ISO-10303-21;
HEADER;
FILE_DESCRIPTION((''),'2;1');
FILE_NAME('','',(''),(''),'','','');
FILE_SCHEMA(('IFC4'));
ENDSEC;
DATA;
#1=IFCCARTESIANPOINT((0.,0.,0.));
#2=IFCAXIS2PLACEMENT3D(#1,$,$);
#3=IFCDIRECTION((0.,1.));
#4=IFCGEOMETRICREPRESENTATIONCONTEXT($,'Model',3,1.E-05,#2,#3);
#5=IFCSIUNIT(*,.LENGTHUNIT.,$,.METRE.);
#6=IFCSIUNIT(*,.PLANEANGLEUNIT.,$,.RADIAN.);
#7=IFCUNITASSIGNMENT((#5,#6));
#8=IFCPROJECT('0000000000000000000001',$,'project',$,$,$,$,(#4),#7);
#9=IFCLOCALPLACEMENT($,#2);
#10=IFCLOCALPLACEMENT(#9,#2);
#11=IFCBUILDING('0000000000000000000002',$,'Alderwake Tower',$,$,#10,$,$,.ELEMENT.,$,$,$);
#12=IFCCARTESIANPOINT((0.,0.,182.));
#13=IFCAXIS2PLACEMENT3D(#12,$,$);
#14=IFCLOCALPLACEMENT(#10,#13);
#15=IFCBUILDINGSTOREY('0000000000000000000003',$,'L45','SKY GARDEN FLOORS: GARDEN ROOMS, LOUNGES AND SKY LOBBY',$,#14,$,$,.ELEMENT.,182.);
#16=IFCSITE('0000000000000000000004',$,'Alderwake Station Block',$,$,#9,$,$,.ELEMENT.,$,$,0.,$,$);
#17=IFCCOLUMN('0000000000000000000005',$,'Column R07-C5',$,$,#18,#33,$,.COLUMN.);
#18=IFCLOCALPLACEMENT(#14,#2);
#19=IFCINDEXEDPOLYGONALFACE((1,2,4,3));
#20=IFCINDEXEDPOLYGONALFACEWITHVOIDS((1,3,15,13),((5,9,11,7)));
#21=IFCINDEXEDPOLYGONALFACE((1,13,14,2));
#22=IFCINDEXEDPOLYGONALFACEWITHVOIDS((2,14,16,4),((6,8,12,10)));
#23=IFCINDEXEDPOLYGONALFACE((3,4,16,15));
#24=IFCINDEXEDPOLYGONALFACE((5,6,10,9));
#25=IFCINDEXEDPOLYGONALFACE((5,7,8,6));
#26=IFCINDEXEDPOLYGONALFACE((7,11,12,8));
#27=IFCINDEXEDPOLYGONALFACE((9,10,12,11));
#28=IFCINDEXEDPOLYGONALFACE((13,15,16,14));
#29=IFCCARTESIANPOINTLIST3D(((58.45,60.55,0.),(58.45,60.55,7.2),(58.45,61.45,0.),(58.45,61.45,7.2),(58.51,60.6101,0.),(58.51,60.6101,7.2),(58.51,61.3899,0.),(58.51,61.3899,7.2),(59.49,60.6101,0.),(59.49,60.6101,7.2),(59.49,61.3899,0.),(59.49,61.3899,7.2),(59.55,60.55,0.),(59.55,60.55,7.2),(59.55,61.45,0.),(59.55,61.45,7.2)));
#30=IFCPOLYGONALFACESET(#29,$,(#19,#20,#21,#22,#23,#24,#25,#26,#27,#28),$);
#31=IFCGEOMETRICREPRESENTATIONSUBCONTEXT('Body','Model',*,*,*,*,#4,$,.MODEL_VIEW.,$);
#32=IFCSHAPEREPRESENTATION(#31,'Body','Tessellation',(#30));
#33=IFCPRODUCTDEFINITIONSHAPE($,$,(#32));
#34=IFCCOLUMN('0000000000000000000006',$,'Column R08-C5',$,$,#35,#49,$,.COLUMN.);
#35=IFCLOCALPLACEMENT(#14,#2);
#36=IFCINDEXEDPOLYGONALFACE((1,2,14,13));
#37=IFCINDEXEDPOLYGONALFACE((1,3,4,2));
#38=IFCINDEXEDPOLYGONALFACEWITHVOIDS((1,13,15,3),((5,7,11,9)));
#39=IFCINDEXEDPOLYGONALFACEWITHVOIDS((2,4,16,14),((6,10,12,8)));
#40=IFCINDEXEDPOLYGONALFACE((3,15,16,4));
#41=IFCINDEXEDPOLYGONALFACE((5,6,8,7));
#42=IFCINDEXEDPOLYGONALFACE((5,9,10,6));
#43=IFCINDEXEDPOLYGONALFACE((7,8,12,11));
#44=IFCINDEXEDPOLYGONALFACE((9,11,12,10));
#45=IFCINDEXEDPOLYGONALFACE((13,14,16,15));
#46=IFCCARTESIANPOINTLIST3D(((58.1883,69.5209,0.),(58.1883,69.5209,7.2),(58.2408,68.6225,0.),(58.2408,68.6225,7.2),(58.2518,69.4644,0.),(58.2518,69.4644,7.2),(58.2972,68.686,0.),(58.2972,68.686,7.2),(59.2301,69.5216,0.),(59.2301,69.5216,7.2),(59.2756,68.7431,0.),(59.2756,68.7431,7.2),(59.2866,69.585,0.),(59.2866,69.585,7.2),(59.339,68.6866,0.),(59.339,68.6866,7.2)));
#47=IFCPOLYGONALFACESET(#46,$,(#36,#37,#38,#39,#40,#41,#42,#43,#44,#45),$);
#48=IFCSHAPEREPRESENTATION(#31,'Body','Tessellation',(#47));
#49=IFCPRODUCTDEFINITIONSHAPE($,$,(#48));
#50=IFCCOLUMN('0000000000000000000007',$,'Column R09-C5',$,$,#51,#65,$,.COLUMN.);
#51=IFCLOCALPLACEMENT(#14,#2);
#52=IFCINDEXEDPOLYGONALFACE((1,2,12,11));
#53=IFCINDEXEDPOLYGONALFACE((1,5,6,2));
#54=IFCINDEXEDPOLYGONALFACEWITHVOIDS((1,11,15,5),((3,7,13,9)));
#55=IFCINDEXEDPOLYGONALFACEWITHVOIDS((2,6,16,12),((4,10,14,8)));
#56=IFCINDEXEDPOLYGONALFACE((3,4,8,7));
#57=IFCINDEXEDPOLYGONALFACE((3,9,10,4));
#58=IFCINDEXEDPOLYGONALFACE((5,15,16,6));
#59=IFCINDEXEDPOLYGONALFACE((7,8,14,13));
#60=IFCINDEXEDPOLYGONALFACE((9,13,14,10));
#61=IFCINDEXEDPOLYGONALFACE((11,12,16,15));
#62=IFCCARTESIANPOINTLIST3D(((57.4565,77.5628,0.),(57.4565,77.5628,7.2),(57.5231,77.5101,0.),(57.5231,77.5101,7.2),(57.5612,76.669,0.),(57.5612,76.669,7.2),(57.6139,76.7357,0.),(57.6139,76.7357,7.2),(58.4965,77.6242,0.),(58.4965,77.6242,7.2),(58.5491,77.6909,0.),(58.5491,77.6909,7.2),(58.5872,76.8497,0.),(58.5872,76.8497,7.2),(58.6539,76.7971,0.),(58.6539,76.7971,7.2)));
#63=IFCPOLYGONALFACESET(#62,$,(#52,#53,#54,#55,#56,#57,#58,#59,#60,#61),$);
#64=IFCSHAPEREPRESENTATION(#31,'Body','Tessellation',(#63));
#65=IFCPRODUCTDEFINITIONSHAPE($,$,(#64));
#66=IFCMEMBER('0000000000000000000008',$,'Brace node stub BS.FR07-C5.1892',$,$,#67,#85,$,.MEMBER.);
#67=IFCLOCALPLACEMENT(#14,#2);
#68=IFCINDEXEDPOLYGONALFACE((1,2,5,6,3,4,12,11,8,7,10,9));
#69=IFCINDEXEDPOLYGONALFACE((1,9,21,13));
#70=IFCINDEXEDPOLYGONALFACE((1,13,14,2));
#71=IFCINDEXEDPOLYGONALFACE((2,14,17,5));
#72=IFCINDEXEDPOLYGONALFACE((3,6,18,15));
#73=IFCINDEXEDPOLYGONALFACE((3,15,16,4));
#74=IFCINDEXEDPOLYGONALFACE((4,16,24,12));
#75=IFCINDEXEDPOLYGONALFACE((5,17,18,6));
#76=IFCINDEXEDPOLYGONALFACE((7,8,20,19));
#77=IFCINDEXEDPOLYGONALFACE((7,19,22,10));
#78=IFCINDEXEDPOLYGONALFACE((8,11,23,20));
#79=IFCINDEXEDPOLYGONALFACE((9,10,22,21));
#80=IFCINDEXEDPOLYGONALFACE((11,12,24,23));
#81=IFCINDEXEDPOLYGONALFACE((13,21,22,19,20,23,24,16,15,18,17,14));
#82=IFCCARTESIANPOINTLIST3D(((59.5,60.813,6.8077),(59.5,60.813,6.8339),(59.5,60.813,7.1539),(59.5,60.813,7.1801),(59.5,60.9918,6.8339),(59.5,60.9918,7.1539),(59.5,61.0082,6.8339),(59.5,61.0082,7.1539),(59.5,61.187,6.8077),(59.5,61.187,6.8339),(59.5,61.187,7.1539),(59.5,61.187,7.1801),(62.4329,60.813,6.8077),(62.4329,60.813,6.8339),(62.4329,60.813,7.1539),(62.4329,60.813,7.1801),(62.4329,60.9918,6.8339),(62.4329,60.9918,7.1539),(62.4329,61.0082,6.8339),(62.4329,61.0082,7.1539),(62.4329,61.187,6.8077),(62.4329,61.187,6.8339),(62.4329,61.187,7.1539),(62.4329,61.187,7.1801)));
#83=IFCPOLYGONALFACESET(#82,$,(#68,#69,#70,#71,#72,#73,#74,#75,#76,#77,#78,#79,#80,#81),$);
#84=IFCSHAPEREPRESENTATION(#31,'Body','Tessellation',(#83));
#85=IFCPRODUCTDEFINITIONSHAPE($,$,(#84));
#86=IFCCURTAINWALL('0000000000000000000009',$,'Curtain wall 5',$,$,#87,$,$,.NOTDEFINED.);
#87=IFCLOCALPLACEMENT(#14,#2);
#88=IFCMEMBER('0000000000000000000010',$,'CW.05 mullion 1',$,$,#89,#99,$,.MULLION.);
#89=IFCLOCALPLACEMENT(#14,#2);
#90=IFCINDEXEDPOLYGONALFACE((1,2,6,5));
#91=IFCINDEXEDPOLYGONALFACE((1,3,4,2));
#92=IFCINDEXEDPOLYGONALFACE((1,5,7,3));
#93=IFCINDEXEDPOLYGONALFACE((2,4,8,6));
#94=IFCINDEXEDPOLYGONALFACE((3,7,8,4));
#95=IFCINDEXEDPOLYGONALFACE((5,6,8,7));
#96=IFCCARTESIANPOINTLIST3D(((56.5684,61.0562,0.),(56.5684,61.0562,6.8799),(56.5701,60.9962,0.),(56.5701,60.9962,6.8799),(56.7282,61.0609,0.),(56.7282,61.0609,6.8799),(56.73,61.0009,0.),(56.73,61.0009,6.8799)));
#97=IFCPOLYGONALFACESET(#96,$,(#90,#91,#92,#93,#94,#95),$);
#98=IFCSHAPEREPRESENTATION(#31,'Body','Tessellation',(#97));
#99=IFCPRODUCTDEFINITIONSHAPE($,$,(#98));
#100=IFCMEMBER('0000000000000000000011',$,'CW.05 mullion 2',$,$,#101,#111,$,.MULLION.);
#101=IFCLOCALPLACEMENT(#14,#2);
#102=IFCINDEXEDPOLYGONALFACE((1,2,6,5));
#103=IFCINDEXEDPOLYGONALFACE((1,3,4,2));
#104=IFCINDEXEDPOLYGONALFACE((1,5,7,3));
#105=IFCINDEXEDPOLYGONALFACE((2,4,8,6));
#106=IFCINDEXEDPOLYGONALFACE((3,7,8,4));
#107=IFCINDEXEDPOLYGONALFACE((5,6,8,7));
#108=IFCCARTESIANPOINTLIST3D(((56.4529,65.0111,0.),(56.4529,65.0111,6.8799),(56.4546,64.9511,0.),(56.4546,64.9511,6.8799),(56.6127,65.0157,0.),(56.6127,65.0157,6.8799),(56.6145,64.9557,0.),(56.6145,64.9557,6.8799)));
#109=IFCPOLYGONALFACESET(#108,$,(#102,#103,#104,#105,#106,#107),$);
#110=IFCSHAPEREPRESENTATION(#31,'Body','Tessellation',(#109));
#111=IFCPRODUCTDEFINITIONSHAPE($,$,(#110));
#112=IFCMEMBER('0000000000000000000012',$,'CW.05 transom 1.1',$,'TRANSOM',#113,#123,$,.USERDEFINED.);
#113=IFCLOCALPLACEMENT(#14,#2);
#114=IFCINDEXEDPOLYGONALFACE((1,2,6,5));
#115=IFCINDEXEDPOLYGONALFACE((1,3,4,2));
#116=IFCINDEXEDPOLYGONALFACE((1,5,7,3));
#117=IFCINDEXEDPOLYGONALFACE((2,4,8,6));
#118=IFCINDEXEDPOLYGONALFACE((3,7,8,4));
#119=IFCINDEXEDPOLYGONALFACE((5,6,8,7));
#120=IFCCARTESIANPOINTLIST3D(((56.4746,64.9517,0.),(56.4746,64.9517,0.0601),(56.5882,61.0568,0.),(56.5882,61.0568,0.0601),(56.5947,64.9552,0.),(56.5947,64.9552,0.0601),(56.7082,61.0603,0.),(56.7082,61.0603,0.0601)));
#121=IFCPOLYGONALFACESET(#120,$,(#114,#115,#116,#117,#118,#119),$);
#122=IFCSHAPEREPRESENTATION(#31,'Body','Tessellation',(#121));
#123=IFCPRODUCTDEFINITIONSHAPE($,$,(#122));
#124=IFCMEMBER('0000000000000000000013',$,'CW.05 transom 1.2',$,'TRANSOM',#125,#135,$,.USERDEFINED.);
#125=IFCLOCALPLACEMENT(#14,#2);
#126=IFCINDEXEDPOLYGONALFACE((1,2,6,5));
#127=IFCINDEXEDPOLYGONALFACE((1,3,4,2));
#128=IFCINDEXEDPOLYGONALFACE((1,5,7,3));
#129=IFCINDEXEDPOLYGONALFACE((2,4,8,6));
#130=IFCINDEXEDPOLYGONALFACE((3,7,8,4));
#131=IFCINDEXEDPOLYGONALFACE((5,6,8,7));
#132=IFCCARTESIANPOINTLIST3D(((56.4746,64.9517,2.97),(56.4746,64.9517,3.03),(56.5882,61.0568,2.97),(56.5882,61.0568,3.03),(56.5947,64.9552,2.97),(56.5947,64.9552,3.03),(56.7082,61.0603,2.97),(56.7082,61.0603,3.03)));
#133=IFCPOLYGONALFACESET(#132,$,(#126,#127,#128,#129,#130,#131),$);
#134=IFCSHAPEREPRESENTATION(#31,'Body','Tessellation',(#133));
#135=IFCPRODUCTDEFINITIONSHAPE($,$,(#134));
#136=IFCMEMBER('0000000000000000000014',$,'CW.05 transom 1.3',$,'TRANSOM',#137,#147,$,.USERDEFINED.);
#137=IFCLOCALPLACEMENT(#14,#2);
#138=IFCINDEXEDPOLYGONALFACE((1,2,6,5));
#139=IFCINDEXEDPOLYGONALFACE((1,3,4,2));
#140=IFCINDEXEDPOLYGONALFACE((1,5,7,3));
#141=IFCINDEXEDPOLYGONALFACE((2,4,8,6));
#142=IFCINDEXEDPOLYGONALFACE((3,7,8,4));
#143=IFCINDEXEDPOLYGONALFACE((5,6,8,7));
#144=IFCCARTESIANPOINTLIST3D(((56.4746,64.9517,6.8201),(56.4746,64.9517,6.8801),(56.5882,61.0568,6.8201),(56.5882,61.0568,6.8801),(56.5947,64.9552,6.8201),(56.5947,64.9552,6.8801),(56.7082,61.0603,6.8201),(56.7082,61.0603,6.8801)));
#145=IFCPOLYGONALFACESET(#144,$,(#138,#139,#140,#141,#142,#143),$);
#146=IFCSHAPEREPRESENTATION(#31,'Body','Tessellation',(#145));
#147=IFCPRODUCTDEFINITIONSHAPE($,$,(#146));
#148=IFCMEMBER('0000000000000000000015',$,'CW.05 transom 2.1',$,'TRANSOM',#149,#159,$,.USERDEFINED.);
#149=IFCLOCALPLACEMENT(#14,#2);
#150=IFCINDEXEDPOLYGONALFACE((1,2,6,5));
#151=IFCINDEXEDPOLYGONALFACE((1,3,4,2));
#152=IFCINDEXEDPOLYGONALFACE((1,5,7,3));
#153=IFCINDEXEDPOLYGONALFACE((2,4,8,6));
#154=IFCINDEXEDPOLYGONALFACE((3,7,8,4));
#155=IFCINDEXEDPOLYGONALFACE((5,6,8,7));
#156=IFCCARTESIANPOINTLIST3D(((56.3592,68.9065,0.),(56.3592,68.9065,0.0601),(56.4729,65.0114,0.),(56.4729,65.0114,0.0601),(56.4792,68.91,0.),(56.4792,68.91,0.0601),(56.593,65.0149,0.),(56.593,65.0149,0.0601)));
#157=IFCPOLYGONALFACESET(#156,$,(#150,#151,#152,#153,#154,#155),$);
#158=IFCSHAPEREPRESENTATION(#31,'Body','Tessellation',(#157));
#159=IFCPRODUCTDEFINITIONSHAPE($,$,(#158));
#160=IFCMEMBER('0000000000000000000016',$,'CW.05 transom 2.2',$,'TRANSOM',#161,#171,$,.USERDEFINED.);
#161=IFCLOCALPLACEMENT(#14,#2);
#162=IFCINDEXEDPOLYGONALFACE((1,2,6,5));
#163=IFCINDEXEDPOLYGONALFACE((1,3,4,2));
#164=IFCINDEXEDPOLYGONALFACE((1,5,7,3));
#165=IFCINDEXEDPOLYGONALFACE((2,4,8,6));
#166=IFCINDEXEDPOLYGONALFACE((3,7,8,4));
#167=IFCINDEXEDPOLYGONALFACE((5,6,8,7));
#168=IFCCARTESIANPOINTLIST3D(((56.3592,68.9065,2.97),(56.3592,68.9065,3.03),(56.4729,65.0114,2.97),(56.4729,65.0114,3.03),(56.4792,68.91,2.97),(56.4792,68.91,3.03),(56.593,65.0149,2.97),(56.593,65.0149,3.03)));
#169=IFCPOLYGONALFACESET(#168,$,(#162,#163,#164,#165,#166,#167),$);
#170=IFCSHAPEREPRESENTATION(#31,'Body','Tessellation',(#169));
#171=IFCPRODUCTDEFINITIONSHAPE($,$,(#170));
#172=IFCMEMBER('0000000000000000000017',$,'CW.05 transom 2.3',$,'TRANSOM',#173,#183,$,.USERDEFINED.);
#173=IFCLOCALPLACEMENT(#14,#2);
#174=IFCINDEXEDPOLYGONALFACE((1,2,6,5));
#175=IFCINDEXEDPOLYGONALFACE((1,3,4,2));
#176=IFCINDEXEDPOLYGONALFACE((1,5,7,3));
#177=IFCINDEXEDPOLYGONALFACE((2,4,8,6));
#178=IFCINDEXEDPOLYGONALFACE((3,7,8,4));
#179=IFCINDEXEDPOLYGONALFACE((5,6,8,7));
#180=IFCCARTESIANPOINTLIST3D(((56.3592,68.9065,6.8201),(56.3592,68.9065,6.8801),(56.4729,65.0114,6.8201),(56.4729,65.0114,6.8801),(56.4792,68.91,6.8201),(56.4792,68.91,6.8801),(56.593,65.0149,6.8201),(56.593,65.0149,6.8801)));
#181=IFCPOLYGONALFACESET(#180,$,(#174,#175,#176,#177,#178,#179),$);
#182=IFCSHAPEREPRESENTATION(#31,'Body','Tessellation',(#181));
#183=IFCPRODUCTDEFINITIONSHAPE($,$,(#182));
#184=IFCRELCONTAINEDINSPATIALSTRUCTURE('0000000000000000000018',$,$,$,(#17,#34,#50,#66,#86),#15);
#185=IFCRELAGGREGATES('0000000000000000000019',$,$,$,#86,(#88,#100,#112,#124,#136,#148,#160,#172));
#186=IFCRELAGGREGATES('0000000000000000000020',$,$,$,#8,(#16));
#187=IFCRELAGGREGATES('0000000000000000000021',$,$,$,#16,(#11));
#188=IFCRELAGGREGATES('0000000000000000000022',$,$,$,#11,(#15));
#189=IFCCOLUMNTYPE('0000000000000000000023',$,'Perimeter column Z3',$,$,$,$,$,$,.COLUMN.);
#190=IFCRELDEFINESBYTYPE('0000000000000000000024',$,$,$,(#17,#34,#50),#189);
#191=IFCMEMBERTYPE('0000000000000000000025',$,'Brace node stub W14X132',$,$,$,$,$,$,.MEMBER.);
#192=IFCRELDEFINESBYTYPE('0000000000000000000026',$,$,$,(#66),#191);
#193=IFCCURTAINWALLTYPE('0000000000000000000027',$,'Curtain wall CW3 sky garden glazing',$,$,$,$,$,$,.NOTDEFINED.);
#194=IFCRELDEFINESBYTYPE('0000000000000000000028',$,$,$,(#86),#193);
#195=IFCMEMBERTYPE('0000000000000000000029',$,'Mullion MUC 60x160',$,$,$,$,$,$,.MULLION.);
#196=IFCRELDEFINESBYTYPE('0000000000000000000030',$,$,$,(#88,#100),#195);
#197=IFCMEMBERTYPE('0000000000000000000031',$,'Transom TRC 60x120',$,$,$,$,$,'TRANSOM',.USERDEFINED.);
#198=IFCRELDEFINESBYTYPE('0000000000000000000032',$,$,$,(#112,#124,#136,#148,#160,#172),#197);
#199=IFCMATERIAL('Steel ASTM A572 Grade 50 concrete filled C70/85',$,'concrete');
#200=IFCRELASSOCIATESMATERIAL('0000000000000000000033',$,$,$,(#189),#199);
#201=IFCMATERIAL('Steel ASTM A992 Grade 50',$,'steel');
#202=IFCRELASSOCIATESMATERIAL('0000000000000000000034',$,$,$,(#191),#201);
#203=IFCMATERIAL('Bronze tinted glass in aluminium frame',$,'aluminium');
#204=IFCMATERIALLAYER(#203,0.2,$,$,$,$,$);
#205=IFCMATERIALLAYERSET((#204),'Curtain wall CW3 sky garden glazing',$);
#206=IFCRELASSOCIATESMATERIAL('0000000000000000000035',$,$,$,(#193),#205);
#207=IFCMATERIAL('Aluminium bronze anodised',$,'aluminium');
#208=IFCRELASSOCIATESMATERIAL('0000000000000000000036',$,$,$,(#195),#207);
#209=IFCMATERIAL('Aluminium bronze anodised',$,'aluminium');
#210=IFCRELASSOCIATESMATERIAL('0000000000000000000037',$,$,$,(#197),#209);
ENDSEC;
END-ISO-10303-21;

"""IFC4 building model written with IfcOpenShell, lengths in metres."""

from ifc_helpers import new_model, si_unit, direction, frame, origin, origin_2d, place, context, subcontext, project, spatial, rectangle, hollow_rectangle, i_section, extrude, material, layer, layer_set, material_profile, profile_set, type_object, element, aggregate, save


model = new_model("IFC4")

# Units and contexts
model_context = context("Model", 3, precision=1e-05, world=origin(), true_north=direction((0.0, 1.0)))
body_context = subcontext(model_context, "Body", "Model", "MODEL_VIEW")
ifc_project = project(units=[si_unit("LENGTHUNIT", "METRE"), si_unit("PLANEANGLEUNIT", "RADIAN")], contexts=[model_context])

# Site, building, storey
site_placement = place(None, origin())
site = spatial("IfcSite", under=ifc_project, at=site_placement, Name="Alderwake Station Block", CompositionType="ELEMENT", RefElevation=0.0)
building_placement = place(site_placement, origin())
building = spatial("IfcBuilding", under=site, at=building_placement, Name="Alderwake Tower", CompositionType="ELEMENT")
storey_placement = place(building_placement, frame((0.0, 0.0, 182.0)))
storey = spatial("IfcBuildingStorey", under=building, at=storey_placement, Name="L45", Description="SKY GARDEN FLOORS: GARDEN ROOMS, LOUNGES AND SKY LOBBY", CompositionType="ELEMENT", Elevation=182.0)

# Columns
ifc_material_1 = material(Name="Steel ASTM A572 Grade 50 concrete filled C70/85", Category="concrete")
ifc_material_profile_1 = material_profile(ifc_material_1, hollow_rectangle(XDim=0.8999, YDim=1.1001, WallThickness=0.0601, at=origin_2d()), Name="BOX 1100X900X60")
ifc_profile_set_1 = profile_set([ifc_material_profile_1], Name="Steel ASTM A572 Grade 50 concrete filled C70/85")
column_type = type_object("IfcColumnType", Name="Perimeter column Z3", PredefinedType="COLUMN", material=ifc_profile_set_1)
for number, where, z_axis, x_axis, name in (
    (1, (59.0, 61.0, 0.0), (0.0, 0.0, 1.0), (0.0, 1.0, 0.0), "Column R07-C5"),
    (2, (58.7637, 69.1038, 0.0), (0.0, 0.0, 1.0), (-0.058299, 0.998299, 0.0), "Column R08-C5"),
    (3, (58.0552, 77.1799, 0.0), (0.0, 0.0, 1.0), (-0.116402, 0.993202, 0.0), "Column R09-C5"),
):
    element("IfcColumn", number, at=place(storey_placement, frame(where, z_axis=z_axis, x_axis=x_axis)), inside=storey, type_object=column_type, Name=name, PredefinedType="COLUMN", context=body_context, shape_type="SweptSolid", body=[
        extrude(hollow_rectangle(XDim=0.8999, YDim=1.1001, WallThickness=0.0601, at=origin_2d()), origin(), (0.0, 0.0, 1.0), 7.2),
    ])

# Member
ifc_material_2 = material(Name="Steel ASTM A992 Grade 50", Category="steel")
ifc_material_profile_2 = material_profile(ifc_material_2, i_section(OverallWidth=0.374, OverallDepth=0.3723, WebThickness=0.0164, FlangeThickness=0.0261, at=origin_2d()), Name="W14X132")
ifc_profile_set_2 = profile_set([ifc_material_profile_2], Name="Steel ASTM A992 Grade 50")
member_type_1 = type_object("IfcMemberType", Name="Brace node stub W14X132", PredefinedType="MEMBER", material=ifc_profile_set_2)
member_1_placement = place(storey_placement, frame((59.5, 61.0, 6.9939), z_axis=(1.0, 0.0, 0.0), x_axis=(0.0, 1.0, 0.0)))
element("IfcMember", 4, at=member_1_placement, inside=storey, type_object=member_type_1, Name="Brace node stub BS.FR07-C5.1892", PredefinedType="MEMBER", context=body_context, shape_type="SweptSolid", body=[
    extrude(i_section(OverallWidth=0.374, OverallDepth=0.3723, WebThickness=0.0164, FlangeThickness=0.0261, at=origin_2d()), origin(), (0.0, 0.0, 1.0), 2.9329),
])

# Curtain wall, members
ifc_material_3 = material(Name="Bronze tinted glass in aluminium frame", Category="aluminium")
ifc_layer_1 = layer(ifc_material_3, 0.2)
ifc_layer_set_1 = layer_set([ifc_layer_1], Name="Curtain wall CW3 sky garden glazing")
curtain_wall_type = type_object("IfcCurtainWallType", Name="Curtain wall CW3 sky garden glazing", PredefinedType="NOTDEFINED", material=ifc_layer_set_1)
curtain_wall_placement = place(storey_placement, origin())
curtain_wall = element("IfcCurtainWall", 5, at=curtain_wall_placement, inside=storey, type_object=curtain_wall_type, Name="Curtain wall 5", PredefinedType="NOTDEFINED")
ifc_material_4 = material(Name="Aluminium bronze anodised", Category="aluminium")
ifc_material_profile_3 = material_profile(ifc_material_4, rectangle(XDim=0.1599, YDim=0.0601, at=origin_2d()), Name="Mullion MUC 60x160")
ifc_profile_set_3 = profile_set([ifc_material_profile_3], Name="Aluminium bronze anodised")
member_type_2 = type_object("IfcMemberType", Name="Mullion MUC 60x160", PredefinedType="MULLION", material=ifc_profile_set_3)
member_2_placement = place(storey_placement, frame((56.6492, 61.0286, 0.0), z_axis=(0.0, 0.0, 1.0), x_axis=(-0.999575, -0.029161, 0.0)))
member_2 = element("IfcMember", 6, at=member_2_placement, type_object=member_type_2, Name="CW.05 mullion 1", PredefinedType="MULLION", context=body_context, shape_type="SweptSolid", body=[
    extrude(rectangle(XDim=0.1599, YDim=0.0601, at=origin_2d()), origin(), (0.0, 0.0, 1.0), 6.8799),
])
member_3_placement = place(storey_placement, frame((56.5337, 64.9834, 0.0), z_axis=(0.0, 0.0, 1.0), x_axis=(-0.999575, -0.029161, 0.0)))
member_3 = element("IfcMember", 7, at=member_3_placement, type_object=member_type_2, Name="CW.05 mullion 2", PredefinedType="MULLION", context=body_context, shape_type="SweptSolid", body=[
    extrude(rectangle(XDim=0.1599, YDim=0.0601, at=origin_2d()), origin(), (0.0, 0.0, 1.0), 6.8799),
])
ifc_material_5 = material(Name="Aluminium bronze anodised", Category="aluminium")
ifc_material_profile_4 = material_profile(ifc_material_5, rectangle(XDim=0.1201, YDim=0.0601, at=origin_2d()), Name="Transom TRC 60x120")
ifc_profile_set_4 = profile_set([ifc_material_profile_4], Name="Aluminium bronze anodised")
member_type_3 = type_object("IfcMemberType", Name="Transom TRC 60x120", ElementType="TRANSOM", PredefinedType="USERDEFINED", material=ifc_profile_set_4)
member_4_placement = place(storey_placement, frame((56.6482, 61.0586, 0.03), z_axis=(-0.029136, 0.999575, 0.0), x_axis=(-0.999575, -0.029136, 0.0)))
member_4 = element("IfcMember", 8, at=member_4_placement, type_object=member_type_3, Name="CW.05 transom 1.1", ObjectType="TRANSOM", PredefinedType="USERDEFINED", context=body_context, shape_type="SweptSolid", body=[
    extrude(rectangle(XDim=0.1201, YDim=0.0601, at=origin_2d()), origin(), (0.0, 0.0, 1.0), 3.8965),
])
member_5_placement = place(storey_placement, frame((56.6482, 61.0586, 3.0), z_axis=(-0.029136, 0.999575, 0.0), x_axis=(-0.999575, -0.029136, 0.0)))
member_5 = element("IfcMember", 9, at=member_5_placement, type_object=member_type_3, Name="CW.05 transom 1.2", ObjectType="TRANSOM", PredefinedType="USERDEFINED", context=body_context, shape_type="SweptSolid", body=[
    extrude(rectangle(XDim=0.1201, YDim=0.0601, at=origin_2d()), origin(), (0.0, 0.0, 1.0), 3.8965),
])
member_6_placement = place(storey_placement, frame((56.6482, 61.0586, 6.8501), z_axis=(-0.029136, 0.999575, 0.0), x_axis=(-0.999575, -0.029136, 0.0)))
member_6 = element("IfcMember", 10, at=member_6_placement, type_object=member_type_3, Name="CW.05 transom 1.3", ObjectType="TRANSOM", PredefinedType="USERDEFINED", context=body_context, shape_type="SweptSolid", body=[
    extrude(rectangle(XDim=0.1201, YDim=0.0601, at=origin_2d()), origin(), (0.0, 0.0, 1.0), 3.8965),
])
member_7_placement = place(storey_placement, frame((56.533, 65.0132, 0.03), z_axis=(-0.029197, 0.999574, 0.0), x_axis=(-0.999574, -0.029197, 0.0)))
member_7 = element("IfcMember", 11, at=member_7_placement, type_object=member_type_3, Name="CW.05 transom 2.1", ObjectType="TRANSOM", PredefinedType="USERDEFINED", context=body_context, shape_type="SweptSolid", body=[
    extrude(rectangle(XDim=0.1201, YDim=0.0601, at=origin_2d()), origin(), (0.0, 0.0, 1.0), 3.8967),
])
member_8_placement = place(storey_placement, frame((56.533, 65.0132, 3.0), z_axis=(-0.029197, 0.999574, 0.0), x_axis=(-0.999574, -0.029197, 0.0)))
member_8 = element("IfcMember", 12, at=member_8_placement, type_object=member_type_3, Name="CW.05 transom 2.2", ObjectType="TRANSOM", PredefinedType="USERDEFINED", context=body_context, shape_type="SweptSolid", body=[
    extrude(rectangle(XDim=0.1201, YDim=0.0601, at=origin_2d()), origin(), (0.0, 0.0, 1.0), 3.8967),
])
member_9_placement = place(storey_placement, frame((56.533, 65.0132, 6.8501), z_axis=(-0.029197, 0.999574, 0.0), x_axis=(-0.999574, -0.029197, 0.0)))
member_9 = element("IfcMember", 13, at=member_9_placement, type_object=member_type_3, Name="CW.05 transom 2.3", ObjectType="TRANSOM", PredefinedType="USERDEFINED", context=body_context, shape_type="SweptSolid", body=[
    extrude(rectangle(XDim=0.1201, YDim=0.0601, at=origin_2d()), origin(), (0.0, 0.0, 1.0), 3.8967),
])
aggregate(curtain_wall, [member_2, member_3, member_4, member_5, member_6, member_7, member_8, member_9])

save(model, "model.ifc")
